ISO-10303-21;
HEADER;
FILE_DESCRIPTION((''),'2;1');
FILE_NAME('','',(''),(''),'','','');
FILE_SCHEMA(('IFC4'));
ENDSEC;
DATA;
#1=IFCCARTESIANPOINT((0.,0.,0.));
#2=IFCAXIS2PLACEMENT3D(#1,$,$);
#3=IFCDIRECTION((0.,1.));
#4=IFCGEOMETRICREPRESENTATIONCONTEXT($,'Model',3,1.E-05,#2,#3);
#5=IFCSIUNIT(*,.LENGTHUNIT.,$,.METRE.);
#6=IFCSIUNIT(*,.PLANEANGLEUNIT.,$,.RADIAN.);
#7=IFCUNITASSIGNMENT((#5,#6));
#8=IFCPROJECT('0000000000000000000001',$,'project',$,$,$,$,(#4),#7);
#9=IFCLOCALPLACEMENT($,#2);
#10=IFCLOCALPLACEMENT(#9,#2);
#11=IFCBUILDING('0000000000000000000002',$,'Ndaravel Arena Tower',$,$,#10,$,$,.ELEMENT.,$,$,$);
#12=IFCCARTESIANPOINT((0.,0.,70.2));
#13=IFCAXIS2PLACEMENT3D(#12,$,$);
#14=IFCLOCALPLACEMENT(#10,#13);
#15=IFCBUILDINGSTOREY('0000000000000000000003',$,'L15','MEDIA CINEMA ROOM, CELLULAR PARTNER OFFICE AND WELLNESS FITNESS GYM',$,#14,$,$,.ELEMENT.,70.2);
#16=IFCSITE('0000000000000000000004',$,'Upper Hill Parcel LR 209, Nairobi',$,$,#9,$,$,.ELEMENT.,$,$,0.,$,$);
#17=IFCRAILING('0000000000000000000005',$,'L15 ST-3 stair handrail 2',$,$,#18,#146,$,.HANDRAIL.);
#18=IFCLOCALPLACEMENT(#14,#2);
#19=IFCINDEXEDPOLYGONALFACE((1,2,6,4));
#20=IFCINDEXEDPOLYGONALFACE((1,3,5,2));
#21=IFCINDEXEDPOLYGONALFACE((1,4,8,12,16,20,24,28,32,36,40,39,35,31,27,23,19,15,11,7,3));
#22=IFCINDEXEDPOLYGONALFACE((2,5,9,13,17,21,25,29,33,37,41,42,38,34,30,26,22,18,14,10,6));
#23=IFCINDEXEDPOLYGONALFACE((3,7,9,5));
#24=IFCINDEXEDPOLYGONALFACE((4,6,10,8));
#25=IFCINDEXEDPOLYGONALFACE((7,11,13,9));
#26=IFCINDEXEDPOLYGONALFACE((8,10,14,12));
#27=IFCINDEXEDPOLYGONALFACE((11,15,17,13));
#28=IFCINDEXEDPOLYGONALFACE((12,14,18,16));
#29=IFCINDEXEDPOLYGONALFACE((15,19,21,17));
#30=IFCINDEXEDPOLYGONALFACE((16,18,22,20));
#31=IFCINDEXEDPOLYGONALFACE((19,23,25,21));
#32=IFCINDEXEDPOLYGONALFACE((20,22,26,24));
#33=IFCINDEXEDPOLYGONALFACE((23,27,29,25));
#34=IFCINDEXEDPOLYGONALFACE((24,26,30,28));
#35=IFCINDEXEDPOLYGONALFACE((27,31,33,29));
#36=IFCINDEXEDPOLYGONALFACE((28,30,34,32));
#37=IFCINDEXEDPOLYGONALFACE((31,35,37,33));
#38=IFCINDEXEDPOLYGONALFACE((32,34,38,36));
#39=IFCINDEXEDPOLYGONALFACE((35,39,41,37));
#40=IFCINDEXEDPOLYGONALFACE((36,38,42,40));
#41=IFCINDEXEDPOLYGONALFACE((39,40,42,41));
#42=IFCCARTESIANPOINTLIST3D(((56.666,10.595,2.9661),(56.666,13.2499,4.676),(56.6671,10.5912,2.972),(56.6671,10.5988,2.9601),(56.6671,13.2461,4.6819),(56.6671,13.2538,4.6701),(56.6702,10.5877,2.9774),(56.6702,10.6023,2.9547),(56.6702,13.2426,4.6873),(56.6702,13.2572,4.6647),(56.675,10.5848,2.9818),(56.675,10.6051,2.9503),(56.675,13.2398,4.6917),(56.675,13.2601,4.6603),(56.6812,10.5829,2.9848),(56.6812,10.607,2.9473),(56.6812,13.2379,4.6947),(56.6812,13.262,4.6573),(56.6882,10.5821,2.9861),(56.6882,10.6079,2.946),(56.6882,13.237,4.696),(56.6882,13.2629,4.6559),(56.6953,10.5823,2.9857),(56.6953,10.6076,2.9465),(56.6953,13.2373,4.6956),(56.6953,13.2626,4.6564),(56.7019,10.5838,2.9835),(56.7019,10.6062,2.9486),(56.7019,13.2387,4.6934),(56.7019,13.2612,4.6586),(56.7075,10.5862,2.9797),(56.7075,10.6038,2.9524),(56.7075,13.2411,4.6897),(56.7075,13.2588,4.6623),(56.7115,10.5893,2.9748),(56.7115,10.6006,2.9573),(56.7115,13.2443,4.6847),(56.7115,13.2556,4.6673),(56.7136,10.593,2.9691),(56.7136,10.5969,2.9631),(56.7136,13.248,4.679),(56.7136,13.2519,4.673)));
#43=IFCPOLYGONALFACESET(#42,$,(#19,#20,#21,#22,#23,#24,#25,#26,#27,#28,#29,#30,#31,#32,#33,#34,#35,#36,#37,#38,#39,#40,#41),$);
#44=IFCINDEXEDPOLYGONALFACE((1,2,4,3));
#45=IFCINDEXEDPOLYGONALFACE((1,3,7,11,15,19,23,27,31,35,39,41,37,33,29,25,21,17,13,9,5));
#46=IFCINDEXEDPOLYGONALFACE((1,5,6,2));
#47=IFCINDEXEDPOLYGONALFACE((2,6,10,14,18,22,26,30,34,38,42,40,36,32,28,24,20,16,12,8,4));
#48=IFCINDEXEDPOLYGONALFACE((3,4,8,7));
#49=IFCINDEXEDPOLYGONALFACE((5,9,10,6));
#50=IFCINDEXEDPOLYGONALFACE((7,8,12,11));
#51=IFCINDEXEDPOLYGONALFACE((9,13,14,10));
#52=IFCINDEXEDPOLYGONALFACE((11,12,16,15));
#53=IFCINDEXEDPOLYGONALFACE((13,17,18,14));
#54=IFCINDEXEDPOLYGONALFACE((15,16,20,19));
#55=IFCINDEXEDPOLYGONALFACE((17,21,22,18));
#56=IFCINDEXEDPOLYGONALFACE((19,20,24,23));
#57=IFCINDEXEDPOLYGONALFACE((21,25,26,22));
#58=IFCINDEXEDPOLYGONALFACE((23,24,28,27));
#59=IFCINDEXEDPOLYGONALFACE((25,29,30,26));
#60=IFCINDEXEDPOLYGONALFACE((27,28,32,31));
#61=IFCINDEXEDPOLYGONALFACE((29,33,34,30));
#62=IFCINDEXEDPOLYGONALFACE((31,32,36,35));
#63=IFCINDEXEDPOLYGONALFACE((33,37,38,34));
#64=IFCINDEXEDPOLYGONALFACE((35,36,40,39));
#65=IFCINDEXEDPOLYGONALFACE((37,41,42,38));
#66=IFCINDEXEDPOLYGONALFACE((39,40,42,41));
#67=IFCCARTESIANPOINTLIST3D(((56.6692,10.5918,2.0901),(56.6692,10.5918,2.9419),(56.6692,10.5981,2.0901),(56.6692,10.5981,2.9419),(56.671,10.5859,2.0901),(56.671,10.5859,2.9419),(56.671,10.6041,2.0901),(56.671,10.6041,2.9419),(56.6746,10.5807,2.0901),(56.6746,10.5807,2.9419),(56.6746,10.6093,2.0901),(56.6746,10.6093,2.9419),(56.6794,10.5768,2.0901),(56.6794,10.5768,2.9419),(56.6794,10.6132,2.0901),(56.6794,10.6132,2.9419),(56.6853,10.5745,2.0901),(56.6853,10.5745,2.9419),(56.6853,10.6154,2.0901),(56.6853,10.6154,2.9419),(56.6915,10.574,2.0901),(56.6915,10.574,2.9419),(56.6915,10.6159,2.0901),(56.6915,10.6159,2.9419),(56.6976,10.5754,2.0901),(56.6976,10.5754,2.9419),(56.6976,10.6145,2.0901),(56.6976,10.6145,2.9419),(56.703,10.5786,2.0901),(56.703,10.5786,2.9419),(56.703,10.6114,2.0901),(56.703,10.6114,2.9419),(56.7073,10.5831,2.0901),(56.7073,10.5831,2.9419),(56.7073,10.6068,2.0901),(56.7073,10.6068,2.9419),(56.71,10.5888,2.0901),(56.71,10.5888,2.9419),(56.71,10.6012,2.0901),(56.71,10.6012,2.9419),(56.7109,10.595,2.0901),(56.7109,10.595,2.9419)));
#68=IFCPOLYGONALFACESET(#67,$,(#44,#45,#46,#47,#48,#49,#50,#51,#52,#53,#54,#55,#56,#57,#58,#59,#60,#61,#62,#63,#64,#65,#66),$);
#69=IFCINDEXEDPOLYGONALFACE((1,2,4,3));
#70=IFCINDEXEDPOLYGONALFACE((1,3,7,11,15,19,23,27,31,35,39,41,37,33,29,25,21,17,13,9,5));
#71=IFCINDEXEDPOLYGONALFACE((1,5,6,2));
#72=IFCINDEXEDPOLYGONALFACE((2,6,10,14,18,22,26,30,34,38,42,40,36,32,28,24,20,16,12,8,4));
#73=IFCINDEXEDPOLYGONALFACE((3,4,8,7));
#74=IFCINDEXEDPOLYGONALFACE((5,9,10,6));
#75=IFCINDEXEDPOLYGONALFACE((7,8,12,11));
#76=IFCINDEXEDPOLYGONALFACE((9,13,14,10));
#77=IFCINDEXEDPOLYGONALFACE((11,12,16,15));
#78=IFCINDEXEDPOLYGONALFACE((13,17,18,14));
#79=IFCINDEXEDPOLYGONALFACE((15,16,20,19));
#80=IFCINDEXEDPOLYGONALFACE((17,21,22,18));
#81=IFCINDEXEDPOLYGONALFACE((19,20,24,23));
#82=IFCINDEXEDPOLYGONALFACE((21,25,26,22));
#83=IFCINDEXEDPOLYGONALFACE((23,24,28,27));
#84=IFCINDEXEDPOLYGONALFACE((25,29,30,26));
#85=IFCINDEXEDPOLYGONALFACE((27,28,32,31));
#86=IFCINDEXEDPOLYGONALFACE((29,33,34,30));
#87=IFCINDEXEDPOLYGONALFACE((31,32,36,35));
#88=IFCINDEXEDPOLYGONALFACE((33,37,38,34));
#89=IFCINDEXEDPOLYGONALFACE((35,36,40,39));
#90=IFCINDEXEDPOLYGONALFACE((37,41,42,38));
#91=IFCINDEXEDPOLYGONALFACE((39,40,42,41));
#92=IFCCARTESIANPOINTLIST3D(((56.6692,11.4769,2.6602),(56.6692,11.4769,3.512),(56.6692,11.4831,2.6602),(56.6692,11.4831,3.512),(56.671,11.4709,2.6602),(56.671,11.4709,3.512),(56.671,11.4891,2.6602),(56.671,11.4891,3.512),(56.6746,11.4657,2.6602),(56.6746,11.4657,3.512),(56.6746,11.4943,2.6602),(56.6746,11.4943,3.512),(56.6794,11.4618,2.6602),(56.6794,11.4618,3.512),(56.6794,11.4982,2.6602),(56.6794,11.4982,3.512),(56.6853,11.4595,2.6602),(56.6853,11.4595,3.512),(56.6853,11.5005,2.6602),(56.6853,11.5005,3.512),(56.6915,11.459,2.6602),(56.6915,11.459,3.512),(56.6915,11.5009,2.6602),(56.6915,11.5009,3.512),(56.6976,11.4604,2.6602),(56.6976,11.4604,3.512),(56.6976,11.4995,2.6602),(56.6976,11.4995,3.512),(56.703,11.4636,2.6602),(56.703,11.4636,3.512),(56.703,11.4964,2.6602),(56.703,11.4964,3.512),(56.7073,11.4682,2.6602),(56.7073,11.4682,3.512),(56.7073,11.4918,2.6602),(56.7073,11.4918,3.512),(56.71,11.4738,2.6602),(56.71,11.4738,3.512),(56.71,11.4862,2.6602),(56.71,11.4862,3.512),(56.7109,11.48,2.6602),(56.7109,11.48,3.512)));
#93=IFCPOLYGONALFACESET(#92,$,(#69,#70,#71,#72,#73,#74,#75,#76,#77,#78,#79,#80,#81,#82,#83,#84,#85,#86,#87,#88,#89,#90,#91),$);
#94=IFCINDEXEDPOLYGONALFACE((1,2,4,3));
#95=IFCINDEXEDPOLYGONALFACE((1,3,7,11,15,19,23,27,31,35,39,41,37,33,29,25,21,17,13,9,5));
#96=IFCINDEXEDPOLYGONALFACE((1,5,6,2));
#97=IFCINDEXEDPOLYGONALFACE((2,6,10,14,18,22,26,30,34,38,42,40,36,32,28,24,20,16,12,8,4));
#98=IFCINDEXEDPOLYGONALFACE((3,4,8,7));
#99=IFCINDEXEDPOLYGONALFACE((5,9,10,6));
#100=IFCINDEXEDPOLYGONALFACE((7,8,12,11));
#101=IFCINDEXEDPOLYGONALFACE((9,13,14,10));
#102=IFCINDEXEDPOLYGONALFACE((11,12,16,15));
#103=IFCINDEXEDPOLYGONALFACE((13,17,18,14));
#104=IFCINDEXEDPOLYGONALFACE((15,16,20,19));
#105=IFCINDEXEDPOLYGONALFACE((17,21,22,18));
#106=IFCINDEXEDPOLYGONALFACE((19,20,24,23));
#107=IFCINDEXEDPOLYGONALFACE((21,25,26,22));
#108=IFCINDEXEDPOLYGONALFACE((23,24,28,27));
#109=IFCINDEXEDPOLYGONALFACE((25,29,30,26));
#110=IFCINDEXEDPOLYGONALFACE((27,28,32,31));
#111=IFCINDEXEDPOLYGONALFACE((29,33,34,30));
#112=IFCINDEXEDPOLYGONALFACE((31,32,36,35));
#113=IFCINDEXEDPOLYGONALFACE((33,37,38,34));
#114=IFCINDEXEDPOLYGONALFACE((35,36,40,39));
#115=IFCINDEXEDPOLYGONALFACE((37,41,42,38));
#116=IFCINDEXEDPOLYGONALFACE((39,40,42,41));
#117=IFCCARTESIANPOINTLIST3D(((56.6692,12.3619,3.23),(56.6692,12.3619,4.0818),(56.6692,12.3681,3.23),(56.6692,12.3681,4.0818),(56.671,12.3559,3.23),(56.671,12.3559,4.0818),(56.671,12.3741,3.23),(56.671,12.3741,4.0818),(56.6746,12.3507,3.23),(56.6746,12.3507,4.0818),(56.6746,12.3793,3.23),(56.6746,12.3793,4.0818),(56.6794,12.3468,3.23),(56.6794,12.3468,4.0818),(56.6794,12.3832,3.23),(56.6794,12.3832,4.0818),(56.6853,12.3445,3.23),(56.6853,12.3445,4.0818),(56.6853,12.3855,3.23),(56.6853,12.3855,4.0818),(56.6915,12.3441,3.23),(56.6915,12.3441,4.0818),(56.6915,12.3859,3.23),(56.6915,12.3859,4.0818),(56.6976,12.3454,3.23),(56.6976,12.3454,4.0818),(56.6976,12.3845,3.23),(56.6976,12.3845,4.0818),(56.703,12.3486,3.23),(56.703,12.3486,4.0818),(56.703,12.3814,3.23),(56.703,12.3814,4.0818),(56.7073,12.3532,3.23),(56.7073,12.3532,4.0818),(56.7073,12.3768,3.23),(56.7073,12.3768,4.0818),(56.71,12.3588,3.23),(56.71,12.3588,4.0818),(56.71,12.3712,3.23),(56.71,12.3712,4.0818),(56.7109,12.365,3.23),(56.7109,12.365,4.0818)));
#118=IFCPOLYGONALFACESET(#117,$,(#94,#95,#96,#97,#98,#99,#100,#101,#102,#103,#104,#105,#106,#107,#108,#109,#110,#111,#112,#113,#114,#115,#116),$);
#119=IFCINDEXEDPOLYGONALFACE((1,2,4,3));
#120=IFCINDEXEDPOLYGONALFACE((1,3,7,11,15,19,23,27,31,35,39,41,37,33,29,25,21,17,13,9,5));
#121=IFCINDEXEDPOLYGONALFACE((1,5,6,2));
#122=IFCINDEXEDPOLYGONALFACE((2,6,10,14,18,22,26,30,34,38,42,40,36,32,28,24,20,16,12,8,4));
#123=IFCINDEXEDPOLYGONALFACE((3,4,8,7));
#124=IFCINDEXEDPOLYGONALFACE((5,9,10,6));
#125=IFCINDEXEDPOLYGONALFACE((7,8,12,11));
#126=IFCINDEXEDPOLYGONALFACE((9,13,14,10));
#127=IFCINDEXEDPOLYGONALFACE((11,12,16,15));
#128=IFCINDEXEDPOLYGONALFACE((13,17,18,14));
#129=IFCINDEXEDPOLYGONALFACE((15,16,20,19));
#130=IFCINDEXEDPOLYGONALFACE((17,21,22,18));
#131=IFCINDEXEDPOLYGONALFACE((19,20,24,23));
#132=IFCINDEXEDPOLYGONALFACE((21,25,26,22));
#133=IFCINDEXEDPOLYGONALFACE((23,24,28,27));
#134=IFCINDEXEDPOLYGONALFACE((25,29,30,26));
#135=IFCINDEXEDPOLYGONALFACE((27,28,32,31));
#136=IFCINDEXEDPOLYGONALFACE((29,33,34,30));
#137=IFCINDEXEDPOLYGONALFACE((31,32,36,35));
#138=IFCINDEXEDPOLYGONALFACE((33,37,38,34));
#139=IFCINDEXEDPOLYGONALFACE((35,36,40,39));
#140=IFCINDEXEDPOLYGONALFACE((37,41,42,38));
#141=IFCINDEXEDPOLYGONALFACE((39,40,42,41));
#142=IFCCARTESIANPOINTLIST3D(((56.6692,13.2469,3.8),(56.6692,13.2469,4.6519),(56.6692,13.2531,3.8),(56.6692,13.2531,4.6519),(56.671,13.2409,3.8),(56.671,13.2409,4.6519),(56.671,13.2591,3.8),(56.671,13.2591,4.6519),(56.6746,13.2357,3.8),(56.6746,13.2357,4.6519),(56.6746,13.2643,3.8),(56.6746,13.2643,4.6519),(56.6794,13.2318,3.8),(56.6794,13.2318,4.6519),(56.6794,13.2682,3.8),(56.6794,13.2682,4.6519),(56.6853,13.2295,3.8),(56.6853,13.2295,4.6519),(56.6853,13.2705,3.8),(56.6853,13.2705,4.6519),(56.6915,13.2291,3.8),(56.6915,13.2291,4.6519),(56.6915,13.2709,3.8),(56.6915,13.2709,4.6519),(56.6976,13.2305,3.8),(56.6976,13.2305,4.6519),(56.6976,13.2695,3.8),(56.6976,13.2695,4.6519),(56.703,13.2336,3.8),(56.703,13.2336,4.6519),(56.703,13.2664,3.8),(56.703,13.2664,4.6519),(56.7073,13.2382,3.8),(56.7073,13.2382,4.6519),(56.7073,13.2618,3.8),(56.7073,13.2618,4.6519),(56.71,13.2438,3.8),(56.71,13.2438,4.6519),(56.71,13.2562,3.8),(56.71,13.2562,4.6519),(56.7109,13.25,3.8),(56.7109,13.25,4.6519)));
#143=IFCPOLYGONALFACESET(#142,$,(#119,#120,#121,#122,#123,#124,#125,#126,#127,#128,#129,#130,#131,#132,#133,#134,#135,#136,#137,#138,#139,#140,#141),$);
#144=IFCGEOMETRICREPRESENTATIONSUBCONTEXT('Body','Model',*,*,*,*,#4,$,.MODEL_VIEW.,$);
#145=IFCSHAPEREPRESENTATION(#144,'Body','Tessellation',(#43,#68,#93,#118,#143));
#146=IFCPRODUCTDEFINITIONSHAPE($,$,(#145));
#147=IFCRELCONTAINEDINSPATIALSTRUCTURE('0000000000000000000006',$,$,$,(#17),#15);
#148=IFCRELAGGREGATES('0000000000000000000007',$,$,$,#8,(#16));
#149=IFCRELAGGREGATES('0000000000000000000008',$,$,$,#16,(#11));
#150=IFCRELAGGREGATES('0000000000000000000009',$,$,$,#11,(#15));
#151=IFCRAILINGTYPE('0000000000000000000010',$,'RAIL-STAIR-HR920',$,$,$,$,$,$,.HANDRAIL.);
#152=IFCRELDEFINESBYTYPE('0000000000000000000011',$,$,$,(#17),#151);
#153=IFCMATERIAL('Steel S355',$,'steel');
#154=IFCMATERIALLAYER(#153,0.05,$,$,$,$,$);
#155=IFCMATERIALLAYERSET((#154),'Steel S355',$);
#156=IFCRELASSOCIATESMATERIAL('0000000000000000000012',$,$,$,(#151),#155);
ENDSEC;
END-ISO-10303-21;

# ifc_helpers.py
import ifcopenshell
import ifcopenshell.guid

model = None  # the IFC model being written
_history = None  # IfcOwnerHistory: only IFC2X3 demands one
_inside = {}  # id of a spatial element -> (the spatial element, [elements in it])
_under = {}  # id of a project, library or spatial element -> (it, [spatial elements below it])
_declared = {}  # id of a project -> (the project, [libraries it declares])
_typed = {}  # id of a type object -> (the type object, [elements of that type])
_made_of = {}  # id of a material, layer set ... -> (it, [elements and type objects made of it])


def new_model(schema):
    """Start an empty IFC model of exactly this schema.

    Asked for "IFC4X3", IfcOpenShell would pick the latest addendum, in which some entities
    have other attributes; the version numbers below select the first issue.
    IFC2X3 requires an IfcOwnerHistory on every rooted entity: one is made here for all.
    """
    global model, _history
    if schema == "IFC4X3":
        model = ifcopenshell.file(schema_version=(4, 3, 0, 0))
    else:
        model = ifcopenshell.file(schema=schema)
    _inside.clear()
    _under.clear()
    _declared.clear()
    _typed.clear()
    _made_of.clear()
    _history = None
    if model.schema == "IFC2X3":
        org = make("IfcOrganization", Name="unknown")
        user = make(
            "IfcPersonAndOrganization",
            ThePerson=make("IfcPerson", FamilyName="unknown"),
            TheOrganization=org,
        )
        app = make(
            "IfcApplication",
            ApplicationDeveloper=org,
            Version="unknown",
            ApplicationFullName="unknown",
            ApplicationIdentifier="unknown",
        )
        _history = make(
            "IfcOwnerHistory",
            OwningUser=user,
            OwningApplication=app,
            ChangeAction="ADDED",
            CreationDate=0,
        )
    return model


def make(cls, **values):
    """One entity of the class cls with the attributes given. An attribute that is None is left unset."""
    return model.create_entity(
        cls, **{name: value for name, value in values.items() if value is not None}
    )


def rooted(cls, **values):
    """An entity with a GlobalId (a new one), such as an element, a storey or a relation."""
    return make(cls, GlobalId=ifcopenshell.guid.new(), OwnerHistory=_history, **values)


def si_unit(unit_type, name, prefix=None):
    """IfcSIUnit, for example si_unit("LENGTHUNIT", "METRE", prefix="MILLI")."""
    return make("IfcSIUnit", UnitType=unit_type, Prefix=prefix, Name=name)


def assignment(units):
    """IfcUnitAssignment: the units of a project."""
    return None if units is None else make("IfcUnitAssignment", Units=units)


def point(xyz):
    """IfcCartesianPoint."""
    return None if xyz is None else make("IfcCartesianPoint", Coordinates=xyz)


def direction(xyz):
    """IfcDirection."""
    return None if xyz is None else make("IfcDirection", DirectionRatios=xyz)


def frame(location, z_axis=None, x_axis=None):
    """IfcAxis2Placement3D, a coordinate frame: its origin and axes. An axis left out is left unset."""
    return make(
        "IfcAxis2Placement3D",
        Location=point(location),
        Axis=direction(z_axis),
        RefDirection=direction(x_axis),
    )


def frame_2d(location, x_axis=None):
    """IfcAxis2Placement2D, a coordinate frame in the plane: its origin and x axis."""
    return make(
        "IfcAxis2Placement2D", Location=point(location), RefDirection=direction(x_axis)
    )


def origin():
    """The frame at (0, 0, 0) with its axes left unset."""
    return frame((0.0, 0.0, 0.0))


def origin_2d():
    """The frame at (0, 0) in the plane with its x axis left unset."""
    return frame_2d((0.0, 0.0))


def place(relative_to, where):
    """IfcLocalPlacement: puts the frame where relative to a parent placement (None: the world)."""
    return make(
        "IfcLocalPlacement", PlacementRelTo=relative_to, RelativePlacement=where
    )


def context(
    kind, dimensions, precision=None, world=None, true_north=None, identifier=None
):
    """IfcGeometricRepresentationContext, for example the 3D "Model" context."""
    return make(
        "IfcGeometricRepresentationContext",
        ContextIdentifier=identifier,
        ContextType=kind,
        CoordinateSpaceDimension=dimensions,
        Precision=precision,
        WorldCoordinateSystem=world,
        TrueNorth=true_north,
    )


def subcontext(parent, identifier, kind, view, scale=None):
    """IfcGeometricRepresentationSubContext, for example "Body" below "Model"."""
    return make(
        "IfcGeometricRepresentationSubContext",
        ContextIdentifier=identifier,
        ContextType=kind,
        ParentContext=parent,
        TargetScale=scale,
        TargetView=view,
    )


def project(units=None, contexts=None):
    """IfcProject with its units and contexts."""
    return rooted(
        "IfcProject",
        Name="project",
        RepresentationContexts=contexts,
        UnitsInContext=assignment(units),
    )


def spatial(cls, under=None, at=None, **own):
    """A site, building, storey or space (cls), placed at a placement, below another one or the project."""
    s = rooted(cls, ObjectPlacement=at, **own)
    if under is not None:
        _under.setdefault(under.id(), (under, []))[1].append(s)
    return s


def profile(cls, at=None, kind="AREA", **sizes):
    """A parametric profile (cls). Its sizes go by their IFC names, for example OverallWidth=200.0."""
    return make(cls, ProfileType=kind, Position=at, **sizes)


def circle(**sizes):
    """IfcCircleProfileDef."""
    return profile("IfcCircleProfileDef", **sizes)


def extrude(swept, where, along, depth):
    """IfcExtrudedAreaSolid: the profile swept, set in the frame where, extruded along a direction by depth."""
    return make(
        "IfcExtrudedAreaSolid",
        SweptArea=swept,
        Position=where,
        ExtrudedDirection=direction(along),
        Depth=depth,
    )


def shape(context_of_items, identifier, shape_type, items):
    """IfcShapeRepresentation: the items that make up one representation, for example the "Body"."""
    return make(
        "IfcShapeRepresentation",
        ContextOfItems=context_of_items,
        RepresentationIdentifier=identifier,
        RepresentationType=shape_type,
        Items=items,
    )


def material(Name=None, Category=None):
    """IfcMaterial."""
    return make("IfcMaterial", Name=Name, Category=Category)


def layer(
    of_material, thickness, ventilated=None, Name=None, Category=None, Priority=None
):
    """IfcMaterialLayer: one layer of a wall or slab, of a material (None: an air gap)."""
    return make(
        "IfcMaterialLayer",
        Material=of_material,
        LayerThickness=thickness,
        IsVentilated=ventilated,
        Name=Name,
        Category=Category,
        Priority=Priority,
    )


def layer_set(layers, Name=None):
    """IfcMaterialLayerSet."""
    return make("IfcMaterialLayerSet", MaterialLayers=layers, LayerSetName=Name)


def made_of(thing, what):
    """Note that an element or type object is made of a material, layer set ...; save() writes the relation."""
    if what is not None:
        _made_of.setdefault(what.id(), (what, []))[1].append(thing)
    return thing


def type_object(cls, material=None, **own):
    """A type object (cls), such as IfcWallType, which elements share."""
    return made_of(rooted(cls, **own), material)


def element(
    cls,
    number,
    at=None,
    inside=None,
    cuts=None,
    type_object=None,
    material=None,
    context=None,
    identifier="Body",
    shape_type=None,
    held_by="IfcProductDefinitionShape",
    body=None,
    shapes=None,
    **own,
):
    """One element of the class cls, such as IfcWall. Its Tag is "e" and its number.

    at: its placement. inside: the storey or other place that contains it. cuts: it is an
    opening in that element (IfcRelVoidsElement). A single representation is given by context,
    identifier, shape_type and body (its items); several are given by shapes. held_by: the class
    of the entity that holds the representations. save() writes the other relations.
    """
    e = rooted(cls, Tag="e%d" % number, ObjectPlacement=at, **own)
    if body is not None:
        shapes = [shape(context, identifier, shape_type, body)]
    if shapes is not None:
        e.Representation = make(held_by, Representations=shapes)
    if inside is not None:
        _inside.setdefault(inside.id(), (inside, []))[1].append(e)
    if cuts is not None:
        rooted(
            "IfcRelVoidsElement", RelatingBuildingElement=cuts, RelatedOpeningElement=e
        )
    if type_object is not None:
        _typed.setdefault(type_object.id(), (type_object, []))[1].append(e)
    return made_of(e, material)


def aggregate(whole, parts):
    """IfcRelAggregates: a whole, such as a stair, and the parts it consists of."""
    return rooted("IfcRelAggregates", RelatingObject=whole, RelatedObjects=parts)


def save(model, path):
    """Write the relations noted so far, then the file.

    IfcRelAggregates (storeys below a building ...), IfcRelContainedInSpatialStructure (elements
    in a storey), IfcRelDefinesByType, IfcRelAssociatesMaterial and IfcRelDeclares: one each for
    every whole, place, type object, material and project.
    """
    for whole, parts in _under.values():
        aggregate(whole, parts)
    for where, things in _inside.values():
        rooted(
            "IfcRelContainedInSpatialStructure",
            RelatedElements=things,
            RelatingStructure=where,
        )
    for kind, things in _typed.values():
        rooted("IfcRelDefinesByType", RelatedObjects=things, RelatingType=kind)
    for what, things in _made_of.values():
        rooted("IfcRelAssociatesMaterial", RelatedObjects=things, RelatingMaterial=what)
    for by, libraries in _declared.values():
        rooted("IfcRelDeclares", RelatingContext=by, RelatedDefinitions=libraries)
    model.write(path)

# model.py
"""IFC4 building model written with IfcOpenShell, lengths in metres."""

from ifc_helpers import new_model, si_unit, direction, frame, origin, origin_2d, place, context, subcontext, project, spatial, circle, extrude, material, layer, layer_set, type_object, element, save


model = new_model("IFC4")

# Units and contexts
model_context = context("Model", 3, precision=1e-05, world=origin(), true_north=direction((0.0, 1.0)))
body_context = subcontext(model_context, "Body", "Model", "MODEL_VIEW")
ifc_project = project(units=[si_unit("LENGTHUNIT", "METRE"), si_unit("PLANEANGLEUNIT", "RADIAN")], contexts=[model_context])

# Site, building, storey
site_placement = place(None, origin())
site = spatial("IfcSite", under=ifc_project, at=site_placement, Name="Upper Hill Parcel LR 209, Nairobi", CompositionType="ELEMENT", RefElevation=0.0)
building_placement = place(site_placement, origin())
building = spatial("IfcBuilding", under=site, at=building_placement, Name="Ndaravel Arena Tower", CompositionType="ELEMENT")
storey_placement = place(building_placement, frame((0.0, 0.0, 70.2)))
storey = spatial("IfcBuildingStorey", under=building, at=storey_placement, Name="L15", Description="MEDIA CINEMA ROOM, CELLULAR PARTNER OFFICE AND WELLNESS FITNESS GYM", CompositionType="ELEMENT", Elevation=70.2)

# Railing
ifc_material_1 = material(Name="Steel S355", Category="steel")
ifc_layer_1 = layer(ifc_material_1, 0.05)
ifc_layer_set_1 = layer_set([ifc_layer_1], Name="Steel S355")
railing_type_1 = type_object("IfcRailingType", Name="RAIL-STAIR-HR920", PredefinedType="HANDRAIL", material=ifc_layer_set_1)
railing_1_placement = place(storey_placement, frame((56.6899, 10.595, 2.0901)))
element("IfcRailing", 1, at=railing_1_placement, inside=storey, type_object=railing_type_1, Name="L15 ST-3 stair handrail 2", PredefinedType="HANDRAIL", context=body_context, shape_type="SweptSolid", body=[
    extrude(circle(Radius=0.0239, at=origin_2d()), frame((0.0, 0.0, 0.876), z_axis=(0.0, 0.840724, 0.541465), x_axis=(-1.0, 0.0, 0.0)), (0.0, 0.0, 1.0), 3.158),
    extrude(circle(Radius=0.021, at=origin_2d()), origin(), (0.0, 0.0, 1.0), 0.8518),
    extrude(circle(Radius=0.021, at=origin_2d()), frame((0.0, 0.885, 0.5701)), (0.0, 0.0, 1.0), 0.8518),
    extrude(circle(Radius=0.021, at=origin_2d()), frame((0.0, 1.77, 1.1399)), (0.0, 0.0, 1.0), 0.8518),
    extrude(circle(Radius=0.021, at=origin_2d()), frame((0.0, 2.655, 1.71)), (0.0, 0.0, 1.0), 0.8518),
])

save(model, "model.ifc")
